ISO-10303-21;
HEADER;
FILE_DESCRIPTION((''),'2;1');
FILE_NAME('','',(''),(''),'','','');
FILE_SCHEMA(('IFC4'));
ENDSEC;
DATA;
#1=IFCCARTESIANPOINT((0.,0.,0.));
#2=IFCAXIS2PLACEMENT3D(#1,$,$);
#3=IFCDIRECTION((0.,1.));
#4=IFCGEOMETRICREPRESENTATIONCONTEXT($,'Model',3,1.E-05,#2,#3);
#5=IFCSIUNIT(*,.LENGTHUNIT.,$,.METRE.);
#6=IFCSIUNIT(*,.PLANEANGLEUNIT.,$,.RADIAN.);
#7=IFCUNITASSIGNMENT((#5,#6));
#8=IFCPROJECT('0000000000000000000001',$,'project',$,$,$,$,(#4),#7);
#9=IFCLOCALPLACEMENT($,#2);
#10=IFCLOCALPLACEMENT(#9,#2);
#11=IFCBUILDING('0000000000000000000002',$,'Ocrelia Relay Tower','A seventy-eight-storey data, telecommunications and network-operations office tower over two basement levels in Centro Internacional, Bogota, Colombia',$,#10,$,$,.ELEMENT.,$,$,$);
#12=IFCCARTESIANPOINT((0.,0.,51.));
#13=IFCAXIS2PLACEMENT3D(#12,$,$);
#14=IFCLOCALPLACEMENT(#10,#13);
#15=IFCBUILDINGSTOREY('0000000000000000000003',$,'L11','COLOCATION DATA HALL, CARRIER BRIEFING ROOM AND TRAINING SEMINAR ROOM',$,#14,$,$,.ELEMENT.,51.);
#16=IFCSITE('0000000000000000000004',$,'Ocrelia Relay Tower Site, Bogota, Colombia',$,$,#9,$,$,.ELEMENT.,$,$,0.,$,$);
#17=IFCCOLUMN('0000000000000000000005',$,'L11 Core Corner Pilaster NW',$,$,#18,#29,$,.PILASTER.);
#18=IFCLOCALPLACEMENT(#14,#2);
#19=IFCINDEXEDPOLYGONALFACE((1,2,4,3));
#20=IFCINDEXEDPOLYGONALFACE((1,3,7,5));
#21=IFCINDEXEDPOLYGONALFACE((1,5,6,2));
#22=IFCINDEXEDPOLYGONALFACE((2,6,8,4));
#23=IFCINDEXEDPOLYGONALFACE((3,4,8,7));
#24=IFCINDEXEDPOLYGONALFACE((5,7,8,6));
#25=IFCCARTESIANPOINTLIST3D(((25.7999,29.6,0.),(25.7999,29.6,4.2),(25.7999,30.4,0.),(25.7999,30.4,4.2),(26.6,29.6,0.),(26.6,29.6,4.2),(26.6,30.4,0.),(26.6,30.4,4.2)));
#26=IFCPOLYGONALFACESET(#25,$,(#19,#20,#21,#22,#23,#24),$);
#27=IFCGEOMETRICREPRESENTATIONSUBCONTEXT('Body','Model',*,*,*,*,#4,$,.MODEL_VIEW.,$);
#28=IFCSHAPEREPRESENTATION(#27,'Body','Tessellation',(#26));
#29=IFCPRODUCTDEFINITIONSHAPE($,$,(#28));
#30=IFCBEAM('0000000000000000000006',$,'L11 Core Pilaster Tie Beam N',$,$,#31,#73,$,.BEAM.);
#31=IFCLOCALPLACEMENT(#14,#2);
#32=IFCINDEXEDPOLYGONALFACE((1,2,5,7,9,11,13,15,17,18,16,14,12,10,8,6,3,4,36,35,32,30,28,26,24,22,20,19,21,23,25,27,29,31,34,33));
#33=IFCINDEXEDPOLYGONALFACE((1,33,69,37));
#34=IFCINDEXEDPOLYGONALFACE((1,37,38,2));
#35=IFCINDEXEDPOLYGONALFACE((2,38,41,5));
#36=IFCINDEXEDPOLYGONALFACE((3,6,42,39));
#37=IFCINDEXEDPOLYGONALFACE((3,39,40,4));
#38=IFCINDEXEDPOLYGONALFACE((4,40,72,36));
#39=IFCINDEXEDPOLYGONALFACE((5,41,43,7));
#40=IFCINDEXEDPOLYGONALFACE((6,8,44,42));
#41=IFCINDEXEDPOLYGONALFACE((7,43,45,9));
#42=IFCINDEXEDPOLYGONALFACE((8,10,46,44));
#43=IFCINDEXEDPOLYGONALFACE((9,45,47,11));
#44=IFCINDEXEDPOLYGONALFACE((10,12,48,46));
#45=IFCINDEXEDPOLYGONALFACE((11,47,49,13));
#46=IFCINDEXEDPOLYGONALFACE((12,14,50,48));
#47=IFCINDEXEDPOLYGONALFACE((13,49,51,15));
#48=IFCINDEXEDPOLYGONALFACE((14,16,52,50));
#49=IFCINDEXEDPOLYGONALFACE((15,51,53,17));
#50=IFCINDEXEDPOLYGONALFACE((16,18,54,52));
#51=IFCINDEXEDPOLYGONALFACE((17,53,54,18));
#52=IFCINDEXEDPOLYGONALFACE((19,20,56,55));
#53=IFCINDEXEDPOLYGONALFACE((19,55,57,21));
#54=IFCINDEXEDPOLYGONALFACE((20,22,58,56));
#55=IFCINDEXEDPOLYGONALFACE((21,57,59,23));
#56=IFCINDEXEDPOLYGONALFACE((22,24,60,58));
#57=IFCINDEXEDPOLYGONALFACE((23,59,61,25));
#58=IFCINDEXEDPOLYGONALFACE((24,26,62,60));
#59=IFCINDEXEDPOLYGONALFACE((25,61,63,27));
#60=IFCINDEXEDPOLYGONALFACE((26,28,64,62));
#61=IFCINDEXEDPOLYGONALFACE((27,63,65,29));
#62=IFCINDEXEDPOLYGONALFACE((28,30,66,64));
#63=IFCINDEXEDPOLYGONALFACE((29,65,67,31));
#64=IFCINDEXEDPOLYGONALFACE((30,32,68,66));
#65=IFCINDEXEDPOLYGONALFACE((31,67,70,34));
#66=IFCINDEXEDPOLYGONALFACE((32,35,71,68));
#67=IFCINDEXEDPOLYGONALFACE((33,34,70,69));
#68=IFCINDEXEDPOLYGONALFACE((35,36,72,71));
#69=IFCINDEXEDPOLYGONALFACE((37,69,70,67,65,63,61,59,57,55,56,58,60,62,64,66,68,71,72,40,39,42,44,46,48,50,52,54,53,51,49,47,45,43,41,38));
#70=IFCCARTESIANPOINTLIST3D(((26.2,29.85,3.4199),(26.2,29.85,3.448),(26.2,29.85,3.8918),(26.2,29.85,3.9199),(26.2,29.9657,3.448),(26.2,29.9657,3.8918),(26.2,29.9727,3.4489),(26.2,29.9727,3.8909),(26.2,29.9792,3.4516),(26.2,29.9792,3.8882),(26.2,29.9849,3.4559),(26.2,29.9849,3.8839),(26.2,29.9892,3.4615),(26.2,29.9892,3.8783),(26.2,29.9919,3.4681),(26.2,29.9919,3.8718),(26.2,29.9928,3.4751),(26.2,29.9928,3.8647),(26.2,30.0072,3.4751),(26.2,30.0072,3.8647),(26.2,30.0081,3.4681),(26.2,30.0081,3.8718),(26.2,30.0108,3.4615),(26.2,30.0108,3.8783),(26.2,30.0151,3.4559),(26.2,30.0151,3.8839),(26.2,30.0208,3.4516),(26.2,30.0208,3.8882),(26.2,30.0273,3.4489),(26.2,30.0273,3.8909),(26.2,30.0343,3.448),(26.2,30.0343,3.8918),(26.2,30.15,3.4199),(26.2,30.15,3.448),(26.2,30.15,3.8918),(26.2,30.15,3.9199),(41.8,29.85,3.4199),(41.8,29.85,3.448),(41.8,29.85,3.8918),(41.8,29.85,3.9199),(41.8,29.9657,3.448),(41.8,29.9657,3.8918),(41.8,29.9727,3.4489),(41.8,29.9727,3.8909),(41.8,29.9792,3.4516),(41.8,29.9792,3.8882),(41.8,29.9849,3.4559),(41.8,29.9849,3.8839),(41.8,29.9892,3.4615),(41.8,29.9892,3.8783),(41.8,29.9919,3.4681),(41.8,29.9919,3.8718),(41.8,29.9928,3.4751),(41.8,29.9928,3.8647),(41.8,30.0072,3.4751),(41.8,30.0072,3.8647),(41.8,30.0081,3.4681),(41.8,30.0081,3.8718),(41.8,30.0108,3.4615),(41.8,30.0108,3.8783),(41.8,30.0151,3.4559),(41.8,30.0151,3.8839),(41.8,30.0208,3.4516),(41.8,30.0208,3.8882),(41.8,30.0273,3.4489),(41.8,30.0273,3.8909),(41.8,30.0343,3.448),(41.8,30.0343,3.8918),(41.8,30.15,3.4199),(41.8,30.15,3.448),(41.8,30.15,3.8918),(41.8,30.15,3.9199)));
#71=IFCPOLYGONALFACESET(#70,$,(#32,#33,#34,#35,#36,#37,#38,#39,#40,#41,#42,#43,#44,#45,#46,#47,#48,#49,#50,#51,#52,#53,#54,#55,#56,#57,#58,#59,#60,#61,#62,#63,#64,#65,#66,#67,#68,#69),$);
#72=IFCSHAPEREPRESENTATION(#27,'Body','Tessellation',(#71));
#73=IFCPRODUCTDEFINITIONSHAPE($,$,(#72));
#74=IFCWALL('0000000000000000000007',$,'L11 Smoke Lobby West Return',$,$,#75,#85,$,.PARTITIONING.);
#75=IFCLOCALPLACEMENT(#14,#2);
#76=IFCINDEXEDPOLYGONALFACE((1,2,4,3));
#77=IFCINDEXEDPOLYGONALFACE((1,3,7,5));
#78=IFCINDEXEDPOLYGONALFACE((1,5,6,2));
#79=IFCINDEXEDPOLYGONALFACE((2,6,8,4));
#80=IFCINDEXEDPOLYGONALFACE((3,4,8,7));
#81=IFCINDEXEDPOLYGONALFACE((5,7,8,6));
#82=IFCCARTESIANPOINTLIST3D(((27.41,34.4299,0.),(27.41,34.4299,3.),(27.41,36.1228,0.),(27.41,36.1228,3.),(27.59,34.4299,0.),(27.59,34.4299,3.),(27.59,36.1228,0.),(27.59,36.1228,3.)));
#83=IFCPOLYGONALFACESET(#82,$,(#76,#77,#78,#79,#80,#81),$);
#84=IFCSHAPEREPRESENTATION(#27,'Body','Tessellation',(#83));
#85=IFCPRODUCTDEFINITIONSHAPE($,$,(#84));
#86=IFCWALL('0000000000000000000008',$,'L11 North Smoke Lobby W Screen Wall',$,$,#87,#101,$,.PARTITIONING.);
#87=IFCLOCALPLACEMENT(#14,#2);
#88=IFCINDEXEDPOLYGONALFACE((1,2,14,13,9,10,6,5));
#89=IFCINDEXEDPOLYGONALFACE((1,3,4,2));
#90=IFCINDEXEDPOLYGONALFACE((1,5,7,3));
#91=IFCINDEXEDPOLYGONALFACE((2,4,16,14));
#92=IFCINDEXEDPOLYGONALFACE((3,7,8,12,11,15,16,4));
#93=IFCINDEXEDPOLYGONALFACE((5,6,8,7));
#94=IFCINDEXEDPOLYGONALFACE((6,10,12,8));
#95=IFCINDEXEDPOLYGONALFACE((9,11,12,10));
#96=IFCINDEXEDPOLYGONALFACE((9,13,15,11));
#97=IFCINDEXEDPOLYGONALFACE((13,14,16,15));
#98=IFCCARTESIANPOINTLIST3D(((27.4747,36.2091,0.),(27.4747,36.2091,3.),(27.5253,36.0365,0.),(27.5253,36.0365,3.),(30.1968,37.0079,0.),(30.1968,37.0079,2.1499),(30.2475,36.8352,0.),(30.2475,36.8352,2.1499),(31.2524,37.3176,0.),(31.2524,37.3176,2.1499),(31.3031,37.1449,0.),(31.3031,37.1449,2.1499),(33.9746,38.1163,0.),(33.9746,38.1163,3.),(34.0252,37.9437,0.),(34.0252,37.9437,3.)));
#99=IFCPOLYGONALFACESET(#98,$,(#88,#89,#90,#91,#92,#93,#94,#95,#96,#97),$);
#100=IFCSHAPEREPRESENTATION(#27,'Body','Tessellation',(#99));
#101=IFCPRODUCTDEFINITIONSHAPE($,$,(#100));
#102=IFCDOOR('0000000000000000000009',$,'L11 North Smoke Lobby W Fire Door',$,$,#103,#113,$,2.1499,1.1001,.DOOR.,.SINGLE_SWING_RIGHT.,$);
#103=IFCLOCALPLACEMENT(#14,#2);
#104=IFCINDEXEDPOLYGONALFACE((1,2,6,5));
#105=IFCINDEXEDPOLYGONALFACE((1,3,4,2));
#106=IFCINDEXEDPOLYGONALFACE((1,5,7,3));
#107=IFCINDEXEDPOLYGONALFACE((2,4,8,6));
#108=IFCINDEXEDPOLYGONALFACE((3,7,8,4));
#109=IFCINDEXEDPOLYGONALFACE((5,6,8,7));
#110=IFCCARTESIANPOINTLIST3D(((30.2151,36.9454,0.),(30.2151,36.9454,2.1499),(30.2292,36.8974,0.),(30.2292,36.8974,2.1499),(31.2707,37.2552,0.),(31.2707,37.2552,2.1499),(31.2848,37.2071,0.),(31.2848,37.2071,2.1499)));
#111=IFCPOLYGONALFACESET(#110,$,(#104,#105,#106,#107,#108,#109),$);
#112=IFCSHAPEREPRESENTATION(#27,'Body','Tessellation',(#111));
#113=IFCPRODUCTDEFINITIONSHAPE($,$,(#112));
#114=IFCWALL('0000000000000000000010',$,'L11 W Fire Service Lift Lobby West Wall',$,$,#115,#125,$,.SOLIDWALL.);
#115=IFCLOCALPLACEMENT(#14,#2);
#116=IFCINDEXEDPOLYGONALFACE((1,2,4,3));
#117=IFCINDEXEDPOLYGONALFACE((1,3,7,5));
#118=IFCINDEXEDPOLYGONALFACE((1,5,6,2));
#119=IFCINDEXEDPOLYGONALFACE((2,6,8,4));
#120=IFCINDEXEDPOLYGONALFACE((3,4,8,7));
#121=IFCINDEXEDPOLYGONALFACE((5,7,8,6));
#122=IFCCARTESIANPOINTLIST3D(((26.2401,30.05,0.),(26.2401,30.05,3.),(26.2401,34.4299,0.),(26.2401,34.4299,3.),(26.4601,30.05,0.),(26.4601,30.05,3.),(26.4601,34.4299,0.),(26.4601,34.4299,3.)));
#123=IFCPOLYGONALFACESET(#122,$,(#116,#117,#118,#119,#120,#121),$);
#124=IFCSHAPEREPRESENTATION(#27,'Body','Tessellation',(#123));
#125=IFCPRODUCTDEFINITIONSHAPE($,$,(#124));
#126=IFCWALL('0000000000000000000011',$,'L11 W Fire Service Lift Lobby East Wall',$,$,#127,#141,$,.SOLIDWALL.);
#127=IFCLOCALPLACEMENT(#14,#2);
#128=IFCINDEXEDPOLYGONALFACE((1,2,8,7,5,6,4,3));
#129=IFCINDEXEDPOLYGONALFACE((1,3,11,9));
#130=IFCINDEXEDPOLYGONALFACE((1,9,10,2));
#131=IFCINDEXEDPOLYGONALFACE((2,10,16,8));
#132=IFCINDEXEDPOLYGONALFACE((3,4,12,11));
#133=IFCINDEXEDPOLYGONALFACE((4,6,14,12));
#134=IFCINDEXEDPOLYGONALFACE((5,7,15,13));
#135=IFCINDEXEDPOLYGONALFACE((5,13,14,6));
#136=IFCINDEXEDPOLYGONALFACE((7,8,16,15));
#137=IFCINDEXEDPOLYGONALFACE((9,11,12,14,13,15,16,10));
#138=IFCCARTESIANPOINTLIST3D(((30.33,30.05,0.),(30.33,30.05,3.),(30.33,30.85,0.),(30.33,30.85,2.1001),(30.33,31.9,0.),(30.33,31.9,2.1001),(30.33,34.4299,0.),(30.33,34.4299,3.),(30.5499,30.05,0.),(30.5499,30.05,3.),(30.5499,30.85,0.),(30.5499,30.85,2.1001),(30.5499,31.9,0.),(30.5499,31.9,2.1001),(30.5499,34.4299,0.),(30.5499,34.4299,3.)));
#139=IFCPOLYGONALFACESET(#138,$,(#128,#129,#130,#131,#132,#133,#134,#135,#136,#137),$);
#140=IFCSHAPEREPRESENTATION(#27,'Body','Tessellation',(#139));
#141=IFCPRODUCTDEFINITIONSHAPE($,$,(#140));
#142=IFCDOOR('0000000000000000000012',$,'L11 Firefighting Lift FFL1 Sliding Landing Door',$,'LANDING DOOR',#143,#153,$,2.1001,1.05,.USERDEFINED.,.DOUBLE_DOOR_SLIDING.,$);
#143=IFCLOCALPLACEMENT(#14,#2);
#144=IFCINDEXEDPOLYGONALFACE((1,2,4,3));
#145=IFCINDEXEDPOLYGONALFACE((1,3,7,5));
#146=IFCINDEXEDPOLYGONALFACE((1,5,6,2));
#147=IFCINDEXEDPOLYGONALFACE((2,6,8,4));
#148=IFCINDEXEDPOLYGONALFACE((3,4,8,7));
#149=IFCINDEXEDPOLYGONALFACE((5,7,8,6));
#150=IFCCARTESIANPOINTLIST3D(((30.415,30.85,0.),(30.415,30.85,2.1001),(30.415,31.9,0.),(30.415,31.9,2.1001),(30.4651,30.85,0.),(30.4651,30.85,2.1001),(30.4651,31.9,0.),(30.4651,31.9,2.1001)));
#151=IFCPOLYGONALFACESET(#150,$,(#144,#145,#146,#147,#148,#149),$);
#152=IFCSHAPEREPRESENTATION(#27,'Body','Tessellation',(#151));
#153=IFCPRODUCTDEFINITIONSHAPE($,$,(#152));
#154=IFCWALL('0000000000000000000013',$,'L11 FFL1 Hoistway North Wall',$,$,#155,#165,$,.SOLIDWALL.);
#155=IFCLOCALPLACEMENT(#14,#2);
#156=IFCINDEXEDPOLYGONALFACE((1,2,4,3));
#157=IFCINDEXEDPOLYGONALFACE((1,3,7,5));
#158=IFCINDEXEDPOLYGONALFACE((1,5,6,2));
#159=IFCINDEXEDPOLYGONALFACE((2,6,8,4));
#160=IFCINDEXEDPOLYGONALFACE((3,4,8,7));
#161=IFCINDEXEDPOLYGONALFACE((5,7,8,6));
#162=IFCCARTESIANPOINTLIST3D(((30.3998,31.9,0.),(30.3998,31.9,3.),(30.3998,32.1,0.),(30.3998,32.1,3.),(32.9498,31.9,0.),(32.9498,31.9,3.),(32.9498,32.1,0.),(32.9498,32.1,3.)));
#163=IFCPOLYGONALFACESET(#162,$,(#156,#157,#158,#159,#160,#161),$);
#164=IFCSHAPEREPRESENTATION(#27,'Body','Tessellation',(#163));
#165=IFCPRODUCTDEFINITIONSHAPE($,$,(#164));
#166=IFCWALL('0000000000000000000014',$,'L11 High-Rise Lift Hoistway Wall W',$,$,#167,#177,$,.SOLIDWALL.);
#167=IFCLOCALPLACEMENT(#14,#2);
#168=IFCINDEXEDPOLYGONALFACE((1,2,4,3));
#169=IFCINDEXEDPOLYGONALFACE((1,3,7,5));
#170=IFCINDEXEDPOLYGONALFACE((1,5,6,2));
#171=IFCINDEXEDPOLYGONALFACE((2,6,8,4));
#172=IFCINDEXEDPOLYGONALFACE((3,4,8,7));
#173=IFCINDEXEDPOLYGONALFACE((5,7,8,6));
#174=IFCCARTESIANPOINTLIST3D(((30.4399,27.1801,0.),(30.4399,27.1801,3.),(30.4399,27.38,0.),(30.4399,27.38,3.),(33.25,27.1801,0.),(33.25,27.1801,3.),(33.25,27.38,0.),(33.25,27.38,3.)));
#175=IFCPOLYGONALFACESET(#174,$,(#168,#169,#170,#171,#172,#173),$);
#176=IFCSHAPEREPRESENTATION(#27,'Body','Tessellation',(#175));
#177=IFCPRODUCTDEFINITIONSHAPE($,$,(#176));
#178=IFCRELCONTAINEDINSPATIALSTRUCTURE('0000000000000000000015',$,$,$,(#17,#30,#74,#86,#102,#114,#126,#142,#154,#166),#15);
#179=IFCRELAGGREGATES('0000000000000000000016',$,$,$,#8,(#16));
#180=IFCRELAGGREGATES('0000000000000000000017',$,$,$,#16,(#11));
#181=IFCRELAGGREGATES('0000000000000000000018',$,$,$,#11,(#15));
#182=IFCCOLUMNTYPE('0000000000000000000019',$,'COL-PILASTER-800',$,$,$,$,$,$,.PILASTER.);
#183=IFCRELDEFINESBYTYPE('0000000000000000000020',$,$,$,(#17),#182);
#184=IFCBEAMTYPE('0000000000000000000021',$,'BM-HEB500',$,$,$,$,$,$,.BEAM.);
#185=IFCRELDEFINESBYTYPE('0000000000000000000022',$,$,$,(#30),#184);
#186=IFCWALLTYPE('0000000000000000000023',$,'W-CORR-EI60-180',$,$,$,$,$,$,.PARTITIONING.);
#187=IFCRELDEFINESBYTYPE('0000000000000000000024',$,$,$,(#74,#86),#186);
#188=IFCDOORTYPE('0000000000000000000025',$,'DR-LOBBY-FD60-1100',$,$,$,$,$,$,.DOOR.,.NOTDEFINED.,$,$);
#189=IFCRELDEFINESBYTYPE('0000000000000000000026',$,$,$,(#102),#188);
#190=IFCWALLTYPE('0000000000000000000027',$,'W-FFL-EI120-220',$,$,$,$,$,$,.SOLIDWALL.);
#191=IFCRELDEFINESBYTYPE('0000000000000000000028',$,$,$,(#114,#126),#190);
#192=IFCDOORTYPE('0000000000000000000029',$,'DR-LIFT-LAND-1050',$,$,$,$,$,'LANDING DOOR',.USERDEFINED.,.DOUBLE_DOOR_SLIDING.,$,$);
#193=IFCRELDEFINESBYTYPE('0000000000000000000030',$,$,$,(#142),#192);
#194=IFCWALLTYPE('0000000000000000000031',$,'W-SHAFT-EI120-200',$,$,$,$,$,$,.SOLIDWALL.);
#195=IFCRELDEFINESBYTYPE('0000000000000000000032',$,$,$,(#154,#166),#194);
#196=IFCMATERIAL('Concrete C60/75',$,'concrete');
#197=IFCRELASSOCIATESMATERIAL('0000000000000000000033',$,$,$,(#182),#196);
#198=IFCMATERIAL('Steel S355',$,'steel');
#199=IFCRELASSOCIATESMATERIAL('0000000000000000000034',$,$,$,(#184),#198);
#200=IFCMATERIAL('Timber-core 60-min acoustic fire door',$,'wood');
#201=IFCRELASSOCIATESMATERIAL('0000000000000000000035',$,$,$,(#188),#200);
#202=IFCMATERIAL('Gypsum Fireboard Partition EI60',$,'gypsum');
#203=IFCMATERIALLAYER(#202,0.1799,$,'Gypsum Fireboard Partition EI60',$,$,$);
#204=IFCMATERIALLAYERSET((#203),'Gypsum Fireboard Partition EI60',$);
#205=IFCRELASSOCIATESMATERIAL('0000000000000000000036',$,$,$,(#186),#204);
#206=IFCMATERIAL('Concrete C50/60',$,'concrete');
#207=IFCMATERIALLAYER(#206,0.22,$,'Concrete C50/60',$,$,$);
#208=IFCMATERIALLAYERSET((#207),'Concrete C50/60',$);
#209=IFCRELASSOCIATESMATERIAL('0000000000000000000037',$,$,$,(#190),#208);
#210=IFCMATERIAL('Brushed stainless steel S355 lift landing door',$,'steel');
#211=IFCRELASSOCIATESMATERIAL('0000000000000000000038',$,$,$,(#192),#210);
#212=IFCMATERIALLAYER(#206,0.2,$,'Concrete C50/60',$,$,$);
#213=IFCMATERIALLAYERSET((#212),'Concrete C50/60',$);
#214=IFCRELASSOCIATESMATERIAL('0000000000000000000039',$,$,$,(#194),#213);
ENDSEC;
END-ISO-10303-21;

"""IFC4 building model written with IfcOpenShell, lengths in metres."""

from ifc_helpers import new_model, si_unit, direction, frame, frame_2d, origin, origin_2d, place, context, subcontext, project, spatial, rectangle, i_section, extrude, material, layer, layer_set, material_profile, profile_set, type_object, element, fill, save


model = new_model("IFC4")

# Units and contexts
model_context = context("Model", 3, precision=1e-05, world=origin(), true_north=direction((0.0, 1.0)))
body_context = subcontext(model_context, "Body", "Model", "MODEL_VIEW")
ifc_project = project(units=[si_unit("LENGTHUNIT", "METRE"), si_unit("PLANEANGLEUNIT", "RADIAN")], contexts=[model_context])

# Site, building, storey
site_placement = place(None, origin())
site = spatial("IfcSite", under=ifc_project, at=site_placement, Name="Ocrelia Relay Tower Site, Bogota, Colombia", CompositionType="ELEMENT", RefElevation=0.0)
building_placement = place(site_placement, origin())
building = spatial("IfcBuilding", under=site, at=building_placement, Name="Ocrelia Relay Tower", Description="A seventy-eight-storey data, telecommunications and network-operations office tower over two basement levels in Centro Internacional, Bogota, Colombia", CompositionType="ELEMENT")
storey_placement = place(building_placement, frame((0.0, 0.0, 51.0)))
storey = spatial("IfcBuildingStorey", under=building, at=storey_placement, Name="L11", Description="COLOCATION DATA HALL, CARRIER BRIEFING ROOM AND TRAINING SEMINAR ROOM", CompositionType="ELEMENT", Elevation=51.0)

# Column
ifc_material_1 = material(Name="Concrete C60/75", Category="concrete")
ifc_material_profile_1 = material_profile(ifc_material_1, rectangle(XDim=0.8, YDim=0.8, at=origin_2d()), Name="RC-COL-800x800")
ifc_profile_set_1 = profile_set([ifc_material_profile_1], Name="Concrete C60/75")
column_type = type_object("IfcColumnType", Name="COL-PILASTER-800", PredefinedType="PILASTER", material=ifc_profile_set_1)
column_placement = place(storey_placement, frame((26.2, 30.0, 0.0), z_axis=(0.0, 0.0, 1.0), x_axis=(1.0, 0.0, 0.0)))
element("IfcColumn", 1, at=column_placement, inside=storey, type_object=column_type, Name="L11 Core Corner Pilaster NW", PredefinedType="PILASTER", context=body_context, shape_type="SweptSolid", body=[
    extrude(rectangle(XDim=0.8, YDim=0.8, at=origin_2d()), origin(), (0.0, 0.0, 1.0), 4.2),
])

# Beam
ifc_material_2 = material(Name="Steel S355", Category="steel")
ifc_material_profile_2 = material_profile(ifc_material_2, i_section(OverallWidth=0.3, OverallDepth=0.5, WebThickness=0.0144, FlangeThickness=0.0281, FilletRadius=0.0271, at=origin_2d()), Name="HEB 500")
ifc_profile_set_2 = profile_set([ifc_material_profile_2], Name="Steel S355")
beam_type = type_object("IfcBeamType", Name="BM-HEB500", PredefinedType="BEAM", material=ifc_profile_set_2)
beam_placement = place(storey_placement, frame((26.2, 30.0, 3.6699), z_axis=(1.0, 0.0, 0.0), x_axis=(0.0, 1.0, 0.0)))
element("IfcBeam", 2, at=beam_placement, inside=storey, type_object=beam_type, Name="L11 Core Pilaster Tie Beam N", PredefinedType="BEAM", context=body_context, shape_type="SweptSolid", body=[
    extrude(i_section(OverallWidth=0.3, OverallDepth=0.5, WebThickness=0.0144, FlangeThickness=0.0281, FilletRadius=0.0271, at=origin_2d()), origin(), (0.0, 0.0, 1.0), 15.6001),
])

# Shared definitions
ifc_material_3 = material(Name="Timber-core 60-min acoustic fire door", Category="wood")
door_type_1 = type_object("IfcDoorType", Name="DR-LOBBY-FD60-1100", OperationType="NOTDEFINED", PredefinedType="DOOR", material=ifc_material_3)

# Wall
ifc_material_4 = material(Name="Gypsum Fireboard Partition EI60", Category="gypsum")
ifc_layer_1 = layer(ifc_material_4, 0.1799, Name="Gypsum Fireboard Partition EI60")
ifc_layer_set_1 = layer_set([ifc_layer_1], Name="Gypsum Fireboard Partition EI60")
wall_type_1 = type_object("IfcWallType", Name="W-CORR-EI60-180", PredefinedType="PARTITIONING", material=ifc_layer_set_1)
wall_1_placement = place(storey_placement, frame((27.5, 34.4299, 0.0), z_axis=(0.0, 0.0, 1.0), x_axis=(0.0, 1.0, 0.0)))
element("IfcWall", 3, at=wall_1_placement, inside=storey, type_object=wall_type_1, Name="L11 Smoke Lobby West Return", PredefinedType="PARTITIONING", context=body_context, shape_type="SweptSolid", body=[
    extrude(rectangle(XDim=1.6929, YDim=0.1799, at=frame_2d((0.8464, 0.0))), origin(), (0.0, 0.0, 1.0), 3.0),
])

# Wall, opening, door
wall_2_placement = place(storey_placement, frame((27.5, 36.1228, 0.0), z_axis=(0.0, 0.0, 1.0), x_axis=(0.959547, 0.28155, 0.0)))
wall_2 = element("IfcWall", 4, at=wall_2_placement, inside=storey, type_object=wall_type_1, Name="L11 North Smoke Lobby W Screen Wall", PredefinedType="PARTITIONING", context=body_context, shape_type="SweptSolid", body=[
    extrude(rectangle(XDim=6.7739, YDim=0.1799, at=frame_2d((3.387, 0.0))), origin(), (0.0, 0.0, 1.0), 3.0),
])
opening_1_placement = place(wall_2_placement, frame((2.8369, 0.0, 0.0)))
opening_1 = element("IfcOpeningElement", 5, at=opening_1_placement, cuts=wall_2, PredefinedType="OPENING", context=body_context, shape_type="SweptSolid", body=[
    extrude(rectangle(XDim=1.1001, YDim=2.1499, at=frame_2d((0.55, 1.075))), frame((0.0, 0.1001, 0.0), z_axis=(0.0, -1.0, 0.0), x_axis=(1.0, 0.0, 0.0)), (0.0, 0.0, 1.0), 0.2),
])
door_1_placement = place(opening_1_placement, origin())
door_1 = element("IfcDoor", 6, at=door_1_placement, inside=storey, type_object=door_type_1, Name="L11 North Smoke Lobby W Fire Door", OperationType="SINGLE_SWING_RIGHT", OverallHeight=2.1499, OverallWidth=1.1001, PredefinedType="DOOR", context=body_context, shape_type="SweptSolid", body=[
    extrude(rectangle(XDim=1.1001, YDim=2.1499, at=frame_2d((0.55, 1.075))), frame((0.0, 0.0249, 0.0), z_axis=(0.0, -1.0, 0.0), x_axis=(1.0, 0.0, 0.0)), (0.0, 0.0, 1.0), 0.05),
])
fill(opening_1, door_1)

# Wall
ifc_material_5 = material(Name="Concrete C50/60", Category="concrete")
ifc_layer_2 = layer(ifc_material_5, 0.22, Name="Concrete C50/60")
ifc_layer_set_2 = layer_set([ifc_layer_2], Name="Concrete C50/60")
wall_type_2 = type_object("IfcWallType", Name="W-FFL-EI120-220", PredefinedType="SOLIDWALL", material=ifc_layer_set_2)
wall_3_placement = place(storey_placement, frame((26.3501, 30.05, 0.0), z_axis=(0.0, 0.0, 1.0), x_axis=(0.0, 1.0, 0.0)))
element("IfcWall", 7, at=wall_3_placement, inside=storey, type_object=wall_type_2, Name="L11 W Fire Service Lift Lobby West Wall", PredefinedType="SOLIDWALL", context=body_context, shape_type="SweptSolid", body=[
    extrude(rectangle(XDim=4.3799, YDim=0.22, at=frame_2d((2.1899, 0.0))), origin(), (0.0, 0.0, 1.0), 3.0),
])

# Wall, opening, door
wall_4_placement = place(storey_placement, frame((30.4399, 30.05, 0.0), z_axis=(0.0, 0.0, 1.0), x_axis=(0.0, 1.0, 0.0)))
wall_4 = element("IfcWall", 8, at=wall_4_placement, inside=storey, type_object=wall_type_2, Name="L11 W Fire Service Lift Lobby East Wall", PredefinedType="SOLIDWALL", context=body_context, shape_type="SweptSolid", body=[
    extrude(rectangle(XDim=4.3799, YDim=0.22, at=frame_2d((2.1899, 0.0))), origin(), (0.0, 0.0, 1.0), 3.0),
])
opening_2_placement = place(wall_4_placement, frame((0.8, 0.0, 0.0)))
opening_2 = element("IfcOpeningElement", 9, at=opening_2_placement, cuts=wall_4, PredefinedType="OPENING", context=body_context, shape_type="SweptSolid", body=[
    extrude(rectangle(XDim=1.05, YDim=2.1001, at=frame_2d((0.5249, 1.05))), frame((0.0, 0.1201, 0.0), z_axis=(0.0, -1.0, 0.0), x_axis=(1.0, 0.0, 0.0)), (0.0, 0.0, 1.0), 0.24),
])
ifc_material_6 = material(Name="Brushed stainless steel S355 lift landing door", Category="steel")
door_type_2 = type_object("IfcDoorType", Name="DR-LIFT-LAND-1050", ElementType="LANDING DOOR", OperationType="DOUBLE_DOOR_SLIDING", PredefinedType="USERDEFINED", material=ifc_material_6)
door_2_placement = place(opening_2_placement, origin())
door_2 = element("IfcDoor", 10, at=door_2_placement, inside=storey, type_object=door_type_2, Name="L11 Firefighting Lift FFL1 Sliding Landing Door", ObjectType="LANDING DOOR", OperationType="DOUBLE_DOOR_SLIDING", OverallHeight=2.1001, OverallWidth=1.05, PredefinedType="USERDEFINED", context=body_context, shape_type="SweptSolid", body=[
    extrude(rectangle(XDim=1.05, YDim=2.1001, at=frame_2d((0.5249, 1.05))), frame((0.0, 0.0249, 0.0), z_axis=(0.0, -1.0, 0.0), x_axis=(1.0, 0.0, 0.0)), (0.0, 0.0, 1.0), 0.05),
])
fill(opening_2, door_2)

# Walls
ifc_layer_3 = layer(ifc_material_5, 0.2, Name="Concrete C50/60")
ifc_layer_set_3 = layer_set([ifc_layer_3], Name="Concrete C50/60")
wall_type_3 = type_object("IfcWallType", Name="W-SHAFT-EI120-200", PredefinedType="SOLIDWALL", material=ifc_layer_set_3)
wall_5_placement = place(storey_placement, frame((30.3999, 32.0, 0.0), z_axis=(0.0, 0.0, 1.0), x_axis=(1.0, 0.0, 0.0)))
element("IfcWall", 11, at=wall_5_placement, inside=storey, type_object=wall_type_3, Name="L11 FFL1 Hoistway North Wall", PredefinedType="SOLIDWALL", context=body_context, shape_type="SweptSolid", body=[
    extrude(rectangle(XDim=2.55, YDim=0.2, at=frame_2d((1.2749, 0.0))), origin(), (0.0, 0.0, 1.0), 3.0),
])
wall_6_placement = place(storey_placement, frame((30.4399, 27.28, 0.0), z_axis=(0.0, 0.0, 1.0), x_axis=(1.0, 0.0, 0.0)))
element("IfcWall", 12, at=wall_6_placement, inside=storey, type_object=wall_type_3, Name="L11 High-Rise Lift Hoistway Wall W", PredefinedType="SOLIDWALL", context=body_context, shape_type="SweptSolid", body=[
    extrude(rectangle(XDim=2.8101, YDim=0.2, at=frame_2d((1.405, 0.0))), origin(), (0.0, 0.0, 1.0), 3.0),
])

save(model, "model.ifc")
